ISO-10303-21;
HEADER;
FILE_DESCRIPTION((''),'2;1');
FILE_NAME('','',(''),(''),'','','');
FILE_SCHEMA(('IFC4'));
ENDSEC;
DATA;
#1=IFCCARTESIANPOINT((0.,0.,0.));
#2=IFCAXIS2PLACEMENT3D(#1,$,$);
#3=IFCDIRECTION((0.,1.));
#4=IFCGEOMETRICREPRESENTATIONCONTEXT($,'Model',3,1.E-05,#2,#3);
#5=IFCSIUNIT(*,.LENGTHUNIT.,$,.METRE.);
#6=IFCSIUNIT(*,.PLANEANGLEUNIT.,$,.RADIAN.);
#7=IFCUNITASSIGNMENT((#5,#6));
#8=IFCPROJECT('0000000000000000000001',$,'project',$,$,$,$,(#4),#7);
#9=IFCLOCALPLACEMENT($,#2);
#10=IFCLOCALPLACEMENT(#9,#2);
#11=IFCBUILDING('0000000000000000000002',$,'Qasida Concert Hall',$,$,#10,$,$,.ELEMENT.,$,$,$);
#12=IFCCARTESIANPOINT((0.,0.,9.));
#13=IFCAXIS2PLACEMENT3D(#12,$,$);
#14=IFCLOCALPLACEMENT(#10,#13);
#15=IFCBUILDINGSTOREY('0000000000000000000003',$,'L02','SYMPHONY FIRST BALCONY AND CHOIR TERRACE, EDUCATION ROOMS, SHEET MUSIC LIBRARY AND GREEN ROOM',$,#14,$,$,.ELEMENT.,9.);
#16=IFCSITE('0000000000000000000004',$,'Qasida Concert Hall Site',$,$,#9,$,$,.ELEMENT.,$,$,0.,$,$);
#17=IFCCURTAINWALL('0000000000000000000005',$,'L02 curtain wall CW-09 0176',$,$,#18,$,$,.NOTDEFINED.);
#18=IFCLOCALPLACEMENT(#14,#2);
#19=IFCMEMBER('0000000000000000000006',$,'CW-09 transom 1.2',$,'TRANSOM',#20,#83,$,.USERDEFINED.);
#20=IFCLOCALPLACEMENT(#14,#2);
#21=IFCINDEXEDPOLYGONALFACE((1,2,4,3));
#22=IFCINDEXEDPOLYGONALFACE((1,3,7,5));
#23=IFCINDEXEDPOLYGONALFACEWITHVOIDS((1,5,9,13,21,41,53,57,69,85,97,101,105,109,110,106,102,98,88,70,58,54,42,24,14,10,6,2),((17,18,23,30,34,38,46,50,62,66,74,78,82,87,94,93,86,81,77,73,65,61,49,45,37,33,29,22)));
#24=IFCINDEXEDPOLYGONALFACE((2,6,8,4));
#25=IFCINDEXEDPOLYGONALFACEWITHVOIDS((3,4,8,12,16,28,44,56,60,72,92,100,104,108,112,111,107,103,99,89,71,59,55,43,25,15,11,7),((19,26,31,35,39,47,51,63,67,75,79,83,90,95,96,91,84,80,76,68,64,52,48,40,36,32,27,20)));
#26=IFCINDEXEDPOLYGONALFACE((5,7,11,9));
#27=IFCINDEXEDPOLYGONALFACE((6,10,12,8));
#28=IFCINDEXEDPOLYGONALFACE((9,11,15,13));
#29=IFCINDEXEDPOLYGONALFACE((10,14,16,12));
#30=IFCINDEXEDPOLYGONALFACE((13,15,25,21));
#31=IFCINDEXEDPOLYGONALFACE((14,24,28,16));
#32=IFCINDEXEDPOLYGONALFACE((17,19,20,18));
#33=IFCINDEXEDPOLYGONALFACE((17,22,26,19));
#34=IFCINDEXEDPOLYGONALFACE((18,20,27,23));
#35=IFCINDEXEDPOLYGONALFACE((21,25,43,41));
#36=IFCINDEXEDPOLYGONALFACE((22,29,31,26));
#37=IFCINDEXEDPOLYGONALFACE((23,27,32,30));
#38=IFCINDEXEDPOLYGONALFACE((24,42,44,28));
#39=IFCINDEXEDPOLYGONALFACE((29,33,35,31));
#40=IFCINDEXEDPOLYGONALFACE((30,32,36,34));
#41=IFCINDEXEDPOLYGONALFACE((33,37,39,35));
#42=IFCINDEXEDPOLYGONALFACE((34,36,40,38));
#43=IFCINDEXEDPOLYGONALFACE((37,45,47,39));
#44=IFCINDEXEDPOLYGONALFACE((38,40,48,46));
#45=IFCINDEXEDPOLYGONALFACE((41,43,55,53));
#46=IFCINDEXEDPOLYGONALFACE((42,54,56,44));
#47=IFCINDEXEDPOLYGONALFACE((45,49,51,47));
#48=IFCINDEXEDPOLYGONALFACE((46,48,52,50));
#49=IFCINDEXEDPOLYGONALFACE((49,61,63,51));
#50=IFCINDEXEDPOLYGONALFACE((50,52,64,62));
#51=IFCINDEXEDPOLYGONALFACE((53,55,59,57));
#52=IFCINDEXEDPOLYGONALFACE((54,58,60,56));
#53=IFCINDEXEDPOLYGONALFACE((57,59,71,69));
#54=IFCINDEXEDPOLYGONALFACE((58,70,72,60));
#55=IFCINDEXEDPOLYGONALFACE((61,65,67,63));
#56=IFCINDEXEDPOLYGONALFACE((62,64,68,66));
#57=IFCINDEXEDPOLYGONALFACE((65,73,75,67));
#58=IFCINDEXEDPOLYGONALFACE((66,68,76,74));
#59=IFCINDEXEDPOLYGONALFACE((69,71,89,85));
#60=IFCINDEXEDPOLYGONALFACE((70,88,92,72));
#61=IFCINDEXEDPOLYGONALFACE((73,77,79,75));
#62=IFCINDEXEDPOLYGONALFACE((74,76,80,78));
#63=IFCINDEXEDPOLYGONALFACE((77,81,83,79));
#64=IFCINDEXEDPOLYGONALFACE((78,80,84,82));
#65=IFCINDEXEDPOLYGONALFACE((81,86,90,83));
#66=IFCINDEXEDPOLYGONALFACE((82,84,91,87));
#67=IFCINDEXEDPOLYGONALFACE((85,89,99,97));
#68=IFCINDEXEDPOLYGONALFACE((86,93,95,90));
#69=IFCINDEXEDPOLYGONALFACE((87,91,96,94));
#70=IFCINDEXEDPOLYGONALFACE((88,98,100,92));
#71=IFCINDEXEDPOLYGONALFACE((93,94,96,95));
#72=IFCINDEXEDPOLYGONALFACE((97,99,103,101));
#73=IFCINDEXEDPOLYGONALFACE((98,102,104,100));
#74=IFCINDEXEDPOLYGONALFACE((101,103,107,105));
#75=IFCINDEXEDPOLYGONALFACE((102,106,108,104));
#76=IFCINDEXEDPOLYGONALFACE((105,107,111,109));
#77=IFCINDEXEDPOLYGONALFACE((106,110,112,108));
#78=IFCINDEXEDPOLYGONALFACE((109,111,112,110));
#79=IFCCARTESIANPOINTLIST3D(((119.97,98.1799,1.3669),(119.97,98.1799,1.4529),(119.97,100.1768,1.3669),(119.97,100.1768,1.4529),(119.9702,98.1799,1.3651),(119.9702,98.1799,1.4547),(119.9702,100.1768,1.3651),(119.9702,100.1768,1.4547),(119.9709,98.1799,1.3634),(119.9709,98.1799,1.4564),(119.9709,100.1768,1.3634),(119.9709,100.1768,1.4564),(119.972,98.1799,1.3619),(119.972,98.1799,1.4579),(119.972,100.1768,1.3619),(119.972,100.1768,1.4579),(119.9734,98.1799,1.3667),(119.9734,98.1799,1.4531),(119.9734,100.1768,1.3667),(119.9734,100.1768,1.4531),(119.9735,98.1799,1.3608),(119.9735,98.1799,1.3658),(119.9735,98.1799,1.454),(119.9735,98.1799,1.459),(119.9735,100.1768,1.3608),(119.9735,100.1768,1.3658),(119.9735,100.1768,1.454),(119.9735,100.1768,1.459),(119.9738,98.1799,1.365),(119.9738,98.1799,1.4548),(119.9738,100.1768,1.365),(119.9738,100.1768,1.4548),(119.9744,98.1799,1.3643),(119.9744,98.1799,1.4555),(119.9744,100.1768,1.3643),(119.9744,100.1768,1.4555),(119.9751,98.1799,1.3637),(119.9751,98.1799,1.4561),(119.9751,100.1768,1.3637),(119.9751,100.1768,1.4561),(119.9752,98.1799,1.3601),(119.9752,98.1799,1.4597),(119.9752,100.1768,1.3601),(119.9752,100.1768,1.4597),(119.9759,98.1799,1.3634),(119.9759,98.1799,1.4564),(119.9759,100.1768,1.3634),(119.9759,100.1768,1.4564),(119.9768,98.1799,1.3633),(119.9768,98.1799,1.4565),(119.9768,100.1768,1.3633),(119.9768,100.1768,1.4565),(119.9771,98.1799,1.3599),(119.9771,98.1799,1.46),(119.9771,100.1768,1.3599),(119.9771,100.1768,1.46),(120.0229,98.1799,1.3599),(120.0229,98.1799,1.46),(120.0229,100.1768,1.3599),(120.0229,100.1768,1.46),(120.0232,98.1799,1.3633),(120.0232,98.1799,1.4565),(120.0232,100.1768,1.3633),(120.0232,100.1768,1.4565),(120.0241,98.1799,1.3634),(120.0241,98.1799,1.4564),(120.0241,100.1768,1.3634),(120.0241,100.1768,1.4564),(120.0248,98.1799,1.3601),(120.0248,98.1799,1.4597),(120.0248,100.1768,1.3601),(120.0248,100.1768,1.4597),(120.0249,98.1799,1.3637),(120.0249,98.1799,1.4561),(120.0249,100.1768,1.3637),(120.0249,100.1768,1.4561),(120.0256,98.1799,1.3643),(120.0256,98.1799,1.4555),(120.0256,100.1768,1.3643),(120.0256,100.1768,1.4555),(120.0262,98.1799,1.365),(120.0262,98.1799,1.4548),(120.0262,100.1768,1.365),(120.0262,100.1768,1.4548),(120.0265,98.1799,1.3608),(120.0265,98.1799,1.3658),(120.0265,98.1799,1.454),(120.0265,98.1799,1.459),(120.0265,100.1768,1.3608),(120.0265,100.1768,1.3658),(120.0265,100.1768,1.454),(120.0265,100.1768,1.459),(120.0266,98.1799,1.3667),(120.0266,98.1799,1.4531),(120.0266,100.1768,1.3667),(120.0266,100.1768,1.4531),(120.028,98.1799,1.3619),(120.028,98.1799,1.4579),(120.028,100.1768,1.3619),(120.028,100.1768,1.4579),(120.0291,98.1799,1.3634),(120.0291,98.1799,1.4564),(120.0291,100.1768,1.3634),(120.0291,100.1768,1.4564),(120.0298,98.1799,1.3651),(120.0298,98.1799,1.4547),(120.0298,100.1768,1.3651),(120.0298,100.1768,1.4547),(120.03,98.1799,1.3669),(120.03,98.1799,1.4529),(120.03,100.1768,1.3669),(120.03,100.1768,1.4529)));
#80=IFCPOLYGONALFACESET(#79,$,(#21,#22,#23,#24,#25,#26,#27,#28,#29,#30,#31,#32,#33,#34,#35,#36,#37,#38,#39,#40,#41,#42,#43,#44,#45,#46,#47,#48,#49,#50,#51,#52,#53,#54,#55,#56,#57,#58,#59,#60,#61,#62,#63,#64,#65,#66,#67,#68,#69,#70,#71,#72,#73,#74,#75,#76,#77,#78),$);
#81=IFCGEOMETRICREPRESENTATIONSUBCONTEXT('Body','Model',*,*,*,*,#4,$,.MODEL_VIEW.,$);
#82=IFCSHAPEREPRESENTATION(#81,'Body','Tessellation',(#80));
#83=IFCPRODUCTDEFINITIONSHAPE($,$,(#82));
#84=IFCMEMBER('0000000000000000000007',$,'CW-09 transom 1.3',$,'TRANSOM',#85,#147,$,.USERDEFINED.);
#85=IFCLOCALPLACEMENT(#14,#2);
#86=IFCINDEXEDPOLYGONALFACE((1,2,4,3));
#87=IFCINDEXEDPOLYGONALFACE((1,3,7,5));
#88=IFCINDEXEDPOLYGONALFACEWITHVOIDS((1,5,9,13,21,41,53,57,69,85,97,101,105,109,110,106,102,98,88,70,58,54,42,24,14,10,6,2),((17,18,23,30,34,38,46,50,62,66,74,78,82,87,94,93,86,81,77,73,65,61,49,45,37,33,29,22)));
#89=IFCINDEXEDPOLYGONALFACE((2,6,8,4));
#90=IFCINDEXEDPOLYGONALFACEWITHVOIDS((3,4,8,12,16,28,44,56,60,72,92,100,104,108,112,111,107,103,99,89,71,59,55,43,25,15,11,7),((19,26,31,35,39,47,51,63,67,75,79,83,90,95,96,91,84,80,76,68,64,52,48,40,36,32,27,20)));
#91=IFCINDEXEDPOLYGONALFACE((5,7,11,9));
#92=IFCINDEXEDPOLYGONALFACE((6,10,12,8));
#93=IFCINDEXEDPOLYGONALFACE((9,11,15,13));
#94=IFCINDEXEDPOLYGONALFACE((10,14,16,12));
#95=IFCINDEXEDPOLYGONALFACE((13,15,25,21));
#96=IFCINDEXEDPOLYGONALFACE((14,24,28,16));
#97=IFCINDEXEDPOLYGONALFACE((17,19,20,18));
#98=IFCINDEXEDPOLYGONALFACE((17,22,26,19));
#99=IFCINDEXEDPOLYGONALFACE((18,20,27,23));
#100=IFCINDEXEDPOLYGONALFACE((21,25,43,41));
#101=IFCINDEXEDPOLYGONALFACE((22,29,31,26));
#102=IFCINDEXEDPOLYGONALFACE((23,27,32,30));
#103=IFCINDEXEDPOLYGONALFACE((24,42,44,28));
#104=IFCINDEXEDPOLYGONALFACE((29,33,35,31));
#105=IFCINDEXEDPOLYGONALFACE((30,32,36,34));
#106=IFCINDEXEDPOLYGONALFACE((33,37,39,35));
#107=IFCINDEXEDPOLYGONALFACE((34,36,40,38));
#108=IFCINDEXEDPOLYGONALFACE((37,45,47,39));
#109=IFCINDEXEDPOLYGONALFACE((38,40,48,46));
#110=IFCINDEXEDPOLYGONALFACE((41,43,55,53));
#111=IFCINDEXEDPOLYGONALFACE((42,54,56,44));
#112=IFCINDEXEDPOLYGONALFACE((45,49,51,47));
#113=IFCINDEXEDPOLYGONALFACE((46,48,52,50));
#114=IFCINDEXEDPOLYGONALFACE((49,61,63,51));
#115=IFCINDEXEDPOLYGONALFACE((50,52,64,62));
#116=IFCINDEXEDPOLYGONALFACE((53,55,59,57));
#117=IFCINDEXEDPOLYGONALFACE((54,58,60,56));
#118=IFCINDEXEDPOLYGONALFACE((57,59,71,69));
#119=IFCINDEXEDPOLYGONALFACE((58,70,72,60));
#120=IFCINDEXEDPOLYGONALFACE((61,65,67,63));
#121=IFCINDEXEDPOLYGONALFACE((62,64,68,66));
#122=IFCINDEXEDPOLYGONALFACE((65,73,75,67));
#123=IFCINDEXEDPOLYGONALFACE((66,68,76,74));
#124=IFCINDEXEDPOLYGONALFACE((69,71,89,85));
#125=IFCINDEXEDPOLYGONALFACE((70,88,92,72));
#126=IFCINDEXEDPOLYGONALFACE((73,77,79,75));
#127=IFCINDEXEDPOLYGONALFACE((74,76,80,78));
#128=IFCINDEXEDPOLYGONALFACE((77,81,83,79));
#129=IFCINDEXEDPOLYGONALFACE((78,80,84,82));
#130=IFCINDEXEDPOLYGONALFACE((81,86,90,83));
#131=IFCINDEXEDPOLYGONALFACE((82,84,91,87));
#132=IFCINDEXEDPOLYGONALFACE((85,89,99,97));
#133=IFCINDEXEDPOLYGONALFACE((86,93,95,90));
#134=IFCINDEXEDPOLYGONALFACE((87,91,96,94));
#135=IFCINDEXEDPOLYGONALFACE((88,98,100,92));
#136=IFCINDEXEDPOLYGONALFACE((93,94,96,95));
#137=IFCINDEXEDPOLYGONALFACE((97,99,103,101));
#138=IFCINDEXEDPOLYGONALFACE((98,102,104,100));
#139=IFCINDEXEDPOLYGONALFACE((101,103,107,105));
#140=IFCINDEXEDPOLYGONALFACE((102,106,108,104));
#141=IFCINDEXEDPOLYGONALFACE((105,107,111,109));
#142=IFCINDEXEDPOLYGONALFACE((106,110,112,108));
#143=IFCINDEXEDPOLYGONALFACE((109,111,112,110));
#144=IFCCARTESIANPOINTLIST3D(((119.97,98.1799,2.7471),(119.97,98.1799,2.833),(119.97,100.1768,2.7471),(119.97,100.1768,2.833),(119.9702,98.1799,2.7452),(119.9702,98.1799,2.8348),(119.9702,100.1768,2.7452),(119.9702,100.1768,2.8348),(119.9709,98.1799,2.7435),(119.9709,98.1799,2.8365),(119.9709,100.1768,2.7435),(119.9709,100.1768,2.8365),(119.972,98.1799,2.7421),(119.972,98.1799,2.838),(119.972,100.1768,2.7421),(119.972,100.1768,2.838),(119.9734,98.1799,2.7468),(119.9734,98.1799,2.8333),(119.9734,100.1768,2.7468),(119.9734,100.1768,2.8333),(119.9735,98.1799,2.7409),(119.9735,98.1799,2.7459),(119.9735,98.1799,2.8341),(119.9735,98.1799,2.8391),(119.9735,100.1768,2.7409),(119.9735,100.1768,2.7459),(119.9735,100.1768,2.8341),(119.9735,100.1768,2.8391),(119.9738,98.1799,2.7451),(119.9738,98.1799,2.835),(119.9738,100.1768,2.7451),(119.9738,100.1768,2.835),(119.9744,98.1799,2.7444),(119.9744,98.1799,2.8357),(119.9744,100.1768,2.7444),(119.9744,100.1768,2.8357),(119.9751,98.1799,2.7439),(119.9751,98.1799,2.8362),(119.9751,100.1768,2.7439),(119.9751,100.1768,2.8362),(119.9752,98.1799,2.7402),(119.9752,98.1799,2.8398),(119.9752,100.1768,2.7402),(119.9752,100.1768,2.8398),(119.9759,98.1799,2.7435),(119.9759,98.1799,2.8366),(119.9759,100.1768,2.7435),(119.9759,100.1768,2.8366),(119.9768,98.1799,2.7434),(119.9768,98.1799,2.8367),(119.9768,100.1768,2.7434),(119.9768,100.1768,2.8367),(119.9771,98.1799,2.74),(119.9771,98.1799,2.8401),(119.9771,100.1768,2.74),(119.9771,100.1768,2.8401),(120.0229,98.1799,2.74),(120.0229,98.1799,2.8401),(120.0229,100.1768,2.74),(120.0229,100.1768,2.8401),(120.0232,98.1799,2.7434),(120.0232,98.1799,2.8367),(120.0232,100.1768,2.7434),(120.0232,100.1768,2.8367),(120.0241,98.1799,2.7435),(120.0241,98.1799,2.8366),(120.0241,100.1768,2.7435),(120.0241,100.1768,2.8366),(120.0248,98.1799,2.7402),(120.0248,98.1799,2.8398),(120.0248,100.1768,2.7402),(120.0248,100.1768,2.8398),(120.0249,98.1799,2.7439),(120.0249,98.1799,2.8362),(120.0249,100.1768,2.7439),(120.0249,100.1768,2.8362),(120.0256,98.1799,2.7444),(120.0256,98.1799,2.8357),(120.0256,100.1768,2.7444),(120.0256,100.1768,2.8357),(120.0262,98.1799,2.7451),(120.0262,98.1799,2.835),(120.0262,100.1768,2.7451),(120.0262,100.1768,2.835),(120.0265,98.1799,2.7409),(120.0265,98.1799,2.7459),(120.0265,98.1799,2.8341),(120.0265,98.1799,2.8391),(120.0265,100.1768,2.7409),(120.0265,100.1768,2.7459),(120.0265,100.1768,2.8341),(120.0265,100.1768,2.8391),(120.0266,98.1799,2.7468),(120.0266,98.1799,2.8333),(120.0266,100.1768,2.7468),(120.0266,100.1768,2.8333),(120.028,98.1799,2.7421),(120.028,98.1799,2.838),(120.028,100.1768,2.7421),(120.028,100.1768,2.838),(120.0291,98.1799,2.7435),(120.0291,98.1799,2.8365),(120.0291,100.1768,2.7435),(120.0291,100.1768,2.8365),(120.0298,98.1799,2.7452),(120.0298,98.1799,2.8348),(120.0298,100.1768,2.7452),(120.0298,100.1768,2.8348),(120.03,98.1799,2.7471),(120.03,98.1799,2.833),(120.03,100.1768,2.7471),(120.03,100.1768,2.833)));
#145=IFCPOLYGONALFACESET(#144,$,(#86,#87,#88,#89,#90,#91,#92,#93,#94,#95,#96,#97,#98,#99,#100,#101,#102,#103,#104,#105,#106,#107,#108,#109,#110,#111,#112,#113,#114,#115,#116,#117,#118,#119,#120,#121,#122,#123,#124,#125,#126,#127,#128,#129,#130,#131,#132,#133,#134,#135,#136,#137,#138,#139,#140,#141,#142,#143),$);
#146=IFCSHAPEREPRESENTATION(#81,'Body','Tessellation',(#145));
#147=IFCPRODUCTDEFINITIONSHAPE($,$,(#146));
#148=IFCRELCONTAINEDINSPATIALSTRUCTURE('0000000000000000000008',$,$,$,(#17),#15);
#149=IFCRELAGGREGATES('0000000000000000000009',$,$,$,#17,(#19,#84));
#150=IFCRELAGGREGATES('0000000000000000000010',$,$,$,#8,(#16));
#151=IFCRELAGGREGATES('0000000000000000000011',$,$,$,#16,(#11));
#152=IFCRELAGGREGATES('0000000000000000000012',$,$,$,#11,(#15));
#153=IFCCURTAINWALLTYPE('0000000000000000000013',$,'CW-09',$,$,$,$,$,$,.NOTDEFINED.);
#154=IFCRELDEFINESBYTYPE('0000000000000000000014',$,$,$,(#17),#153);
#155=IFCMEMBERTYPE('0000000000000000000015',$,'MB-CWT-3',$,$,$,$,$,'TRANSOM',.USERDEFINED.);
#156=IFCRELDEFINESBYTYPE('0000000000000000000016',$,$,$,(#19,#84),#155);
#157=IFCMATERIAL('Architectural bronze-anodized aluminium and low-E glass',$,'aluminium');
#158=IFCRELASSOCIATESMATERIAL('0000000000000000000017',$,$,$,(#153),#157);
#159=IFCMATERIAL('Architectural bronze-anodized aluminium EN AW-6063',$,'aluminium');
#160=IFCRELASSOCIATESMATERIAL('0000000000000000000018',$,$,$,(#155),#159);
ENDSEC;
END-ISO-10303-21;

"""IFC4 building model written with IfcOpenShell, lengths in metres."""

from ifc_helpers import new_model, si_unit, direction, frame, origin, origin_2d, place, context, subcontext, project, spatial, hollow_rectangle, extrude, material, material_profile, profile_set, type_object, element, aggregate, save


model = new_model("IFC4")

# Units and contexts
model_context = context("Model", 3, precision=1e-05, world=origin(), true_north=direction((0.0, 1.0)))
body_context = subcontext(model_context, "Body", "Model", "MODEL_VIEW")
ifc_project = project(units=[si_unit("LENGTHUNIT", "METRE"), si_unit("PLANEANGLEUNIT", "RADIAN")], contexts=[model_context])

# Site, building, storey
site_placement = place(None, origin())
site = spatial("IfcSite", under=ifc_project, at=site_placement, Name="Qasida Concert Hall Site", CompositionType="ELEMENT", RefElevation=0.0)
building_placement = place(site_placement, origin())
building = spatial("IfcBuilding", under=site, at=building_placement, Name="Qasida Concert Hall", CompositionType="ELEMENT")
storey_placement = place(building_placement, frame((0.0, 0.0, 9.0)))
storey = spatial("IfcBuildingStorey", under=building, at=storey_placement, Name="L02", Description="SYMPHONY FIRST BALCONY AND CHOIR TERRACE, EDUCATION ROOMS, SHEET MUSIC LIBRARY AND GREEN ROOM", CompositionType="ELEMENT", Elevation=9.0)

# Shared definitions
ifc_material_1 = material(Name="Architectural bronze-anodized aluminium and low-E glass", Category="aluminium")
curtain_wall_type = type_object("IfcCurtainWallType", Name="CW-09", PredefinedType="NOTDEFINED", material=ifc_material_1)
ifc_material_2 = material(Name="Architectural bronze-anodized aluminium EN AW-6063", Category="aluminium")

# Curtain wall
curtain_wall_1_placement = place(storey_placement, origin())
curtain_wall_1 = element("IfcCurtainWall", 1, at=curtain_wall_1_placement, inside=storey, type_object=curtain_wall_type, Name="L02 curtain wall CW-09 0176", PredefinedType="NOTDEFINED")

# Members
ifc_material_profile_1 = material_profile(ifc_material_2, hollow_rectangle(XDim=0.0601, YDim=0.1001, WallThickness=0.0034, InnerFilletRadius=0.0034, OuterFilletRadius=0.0071, at=origin_2d()), Name="CWT 100x60x3.5")
ifc_profile_set_1 = profile_set([ifc_material_profile_1], Name="Architectural bronze-anodized aluminium EN AW-6063")
member_type_1 = type_object("IfcMemberType", Name="MB-CWT-3", ElementType="TRANSOM", PredefinedType="USERDEFINED", material=ifc_profile_set_1)
member_1_placement = place(storey_placement, frame((120.0, 98.1799, 1.4099), z_axis=(0.0, 1.0, 0.0), x_axis=(-1.0, 0.0, 0.0)))
member_1 = element("IfcMember", 2, at=member_1_placement, type_object=member_type_1, Name="CW-09 transom 1.2", ObjectType="TRANSOM", PredefinedType="USERDEFINED", context=body_context, shape_type="SweptSolid", body=[
    extrude(hollow_rectangle(XDim=0.0601, YDim=0.1001, WallThickness=0.0034, InnerFilletRadius=0.0034, OuterFilletRadius=0.0071, at=origin_2d()), origin(), (0.0, 0.0, 1.0), 1.9968),
])
member_2_placement = place(storey_placement, frame((120.0, 98.1799, 2.79), z_axis=(0.0, 1.0, 0.0), x_axis=(-1.0, 0.0, 0.0)))
member_2 = element("IfcMember", 3, at=member_2_placement, type_object=member_type_1, Name="CW-09 transom 1.3", ObjectType="TRANSOM", PredefinedType="USERDEFINED", context=body_context, shape_type="SweptSolid", body=[
    extrude(hollow_rectangle(XDim=0.0601, YDim=0.1001, WallThickness=0.0034, InnerFilletRadius=0.0034, OuterFilletRadius=0.0071, at=origin_2d()), origin(), (0.0, 0.0, 1.0), 1.9968),
])

aggregate(curtain_wall_1, [member_1, member_2])

save(model, "model.ifc")
